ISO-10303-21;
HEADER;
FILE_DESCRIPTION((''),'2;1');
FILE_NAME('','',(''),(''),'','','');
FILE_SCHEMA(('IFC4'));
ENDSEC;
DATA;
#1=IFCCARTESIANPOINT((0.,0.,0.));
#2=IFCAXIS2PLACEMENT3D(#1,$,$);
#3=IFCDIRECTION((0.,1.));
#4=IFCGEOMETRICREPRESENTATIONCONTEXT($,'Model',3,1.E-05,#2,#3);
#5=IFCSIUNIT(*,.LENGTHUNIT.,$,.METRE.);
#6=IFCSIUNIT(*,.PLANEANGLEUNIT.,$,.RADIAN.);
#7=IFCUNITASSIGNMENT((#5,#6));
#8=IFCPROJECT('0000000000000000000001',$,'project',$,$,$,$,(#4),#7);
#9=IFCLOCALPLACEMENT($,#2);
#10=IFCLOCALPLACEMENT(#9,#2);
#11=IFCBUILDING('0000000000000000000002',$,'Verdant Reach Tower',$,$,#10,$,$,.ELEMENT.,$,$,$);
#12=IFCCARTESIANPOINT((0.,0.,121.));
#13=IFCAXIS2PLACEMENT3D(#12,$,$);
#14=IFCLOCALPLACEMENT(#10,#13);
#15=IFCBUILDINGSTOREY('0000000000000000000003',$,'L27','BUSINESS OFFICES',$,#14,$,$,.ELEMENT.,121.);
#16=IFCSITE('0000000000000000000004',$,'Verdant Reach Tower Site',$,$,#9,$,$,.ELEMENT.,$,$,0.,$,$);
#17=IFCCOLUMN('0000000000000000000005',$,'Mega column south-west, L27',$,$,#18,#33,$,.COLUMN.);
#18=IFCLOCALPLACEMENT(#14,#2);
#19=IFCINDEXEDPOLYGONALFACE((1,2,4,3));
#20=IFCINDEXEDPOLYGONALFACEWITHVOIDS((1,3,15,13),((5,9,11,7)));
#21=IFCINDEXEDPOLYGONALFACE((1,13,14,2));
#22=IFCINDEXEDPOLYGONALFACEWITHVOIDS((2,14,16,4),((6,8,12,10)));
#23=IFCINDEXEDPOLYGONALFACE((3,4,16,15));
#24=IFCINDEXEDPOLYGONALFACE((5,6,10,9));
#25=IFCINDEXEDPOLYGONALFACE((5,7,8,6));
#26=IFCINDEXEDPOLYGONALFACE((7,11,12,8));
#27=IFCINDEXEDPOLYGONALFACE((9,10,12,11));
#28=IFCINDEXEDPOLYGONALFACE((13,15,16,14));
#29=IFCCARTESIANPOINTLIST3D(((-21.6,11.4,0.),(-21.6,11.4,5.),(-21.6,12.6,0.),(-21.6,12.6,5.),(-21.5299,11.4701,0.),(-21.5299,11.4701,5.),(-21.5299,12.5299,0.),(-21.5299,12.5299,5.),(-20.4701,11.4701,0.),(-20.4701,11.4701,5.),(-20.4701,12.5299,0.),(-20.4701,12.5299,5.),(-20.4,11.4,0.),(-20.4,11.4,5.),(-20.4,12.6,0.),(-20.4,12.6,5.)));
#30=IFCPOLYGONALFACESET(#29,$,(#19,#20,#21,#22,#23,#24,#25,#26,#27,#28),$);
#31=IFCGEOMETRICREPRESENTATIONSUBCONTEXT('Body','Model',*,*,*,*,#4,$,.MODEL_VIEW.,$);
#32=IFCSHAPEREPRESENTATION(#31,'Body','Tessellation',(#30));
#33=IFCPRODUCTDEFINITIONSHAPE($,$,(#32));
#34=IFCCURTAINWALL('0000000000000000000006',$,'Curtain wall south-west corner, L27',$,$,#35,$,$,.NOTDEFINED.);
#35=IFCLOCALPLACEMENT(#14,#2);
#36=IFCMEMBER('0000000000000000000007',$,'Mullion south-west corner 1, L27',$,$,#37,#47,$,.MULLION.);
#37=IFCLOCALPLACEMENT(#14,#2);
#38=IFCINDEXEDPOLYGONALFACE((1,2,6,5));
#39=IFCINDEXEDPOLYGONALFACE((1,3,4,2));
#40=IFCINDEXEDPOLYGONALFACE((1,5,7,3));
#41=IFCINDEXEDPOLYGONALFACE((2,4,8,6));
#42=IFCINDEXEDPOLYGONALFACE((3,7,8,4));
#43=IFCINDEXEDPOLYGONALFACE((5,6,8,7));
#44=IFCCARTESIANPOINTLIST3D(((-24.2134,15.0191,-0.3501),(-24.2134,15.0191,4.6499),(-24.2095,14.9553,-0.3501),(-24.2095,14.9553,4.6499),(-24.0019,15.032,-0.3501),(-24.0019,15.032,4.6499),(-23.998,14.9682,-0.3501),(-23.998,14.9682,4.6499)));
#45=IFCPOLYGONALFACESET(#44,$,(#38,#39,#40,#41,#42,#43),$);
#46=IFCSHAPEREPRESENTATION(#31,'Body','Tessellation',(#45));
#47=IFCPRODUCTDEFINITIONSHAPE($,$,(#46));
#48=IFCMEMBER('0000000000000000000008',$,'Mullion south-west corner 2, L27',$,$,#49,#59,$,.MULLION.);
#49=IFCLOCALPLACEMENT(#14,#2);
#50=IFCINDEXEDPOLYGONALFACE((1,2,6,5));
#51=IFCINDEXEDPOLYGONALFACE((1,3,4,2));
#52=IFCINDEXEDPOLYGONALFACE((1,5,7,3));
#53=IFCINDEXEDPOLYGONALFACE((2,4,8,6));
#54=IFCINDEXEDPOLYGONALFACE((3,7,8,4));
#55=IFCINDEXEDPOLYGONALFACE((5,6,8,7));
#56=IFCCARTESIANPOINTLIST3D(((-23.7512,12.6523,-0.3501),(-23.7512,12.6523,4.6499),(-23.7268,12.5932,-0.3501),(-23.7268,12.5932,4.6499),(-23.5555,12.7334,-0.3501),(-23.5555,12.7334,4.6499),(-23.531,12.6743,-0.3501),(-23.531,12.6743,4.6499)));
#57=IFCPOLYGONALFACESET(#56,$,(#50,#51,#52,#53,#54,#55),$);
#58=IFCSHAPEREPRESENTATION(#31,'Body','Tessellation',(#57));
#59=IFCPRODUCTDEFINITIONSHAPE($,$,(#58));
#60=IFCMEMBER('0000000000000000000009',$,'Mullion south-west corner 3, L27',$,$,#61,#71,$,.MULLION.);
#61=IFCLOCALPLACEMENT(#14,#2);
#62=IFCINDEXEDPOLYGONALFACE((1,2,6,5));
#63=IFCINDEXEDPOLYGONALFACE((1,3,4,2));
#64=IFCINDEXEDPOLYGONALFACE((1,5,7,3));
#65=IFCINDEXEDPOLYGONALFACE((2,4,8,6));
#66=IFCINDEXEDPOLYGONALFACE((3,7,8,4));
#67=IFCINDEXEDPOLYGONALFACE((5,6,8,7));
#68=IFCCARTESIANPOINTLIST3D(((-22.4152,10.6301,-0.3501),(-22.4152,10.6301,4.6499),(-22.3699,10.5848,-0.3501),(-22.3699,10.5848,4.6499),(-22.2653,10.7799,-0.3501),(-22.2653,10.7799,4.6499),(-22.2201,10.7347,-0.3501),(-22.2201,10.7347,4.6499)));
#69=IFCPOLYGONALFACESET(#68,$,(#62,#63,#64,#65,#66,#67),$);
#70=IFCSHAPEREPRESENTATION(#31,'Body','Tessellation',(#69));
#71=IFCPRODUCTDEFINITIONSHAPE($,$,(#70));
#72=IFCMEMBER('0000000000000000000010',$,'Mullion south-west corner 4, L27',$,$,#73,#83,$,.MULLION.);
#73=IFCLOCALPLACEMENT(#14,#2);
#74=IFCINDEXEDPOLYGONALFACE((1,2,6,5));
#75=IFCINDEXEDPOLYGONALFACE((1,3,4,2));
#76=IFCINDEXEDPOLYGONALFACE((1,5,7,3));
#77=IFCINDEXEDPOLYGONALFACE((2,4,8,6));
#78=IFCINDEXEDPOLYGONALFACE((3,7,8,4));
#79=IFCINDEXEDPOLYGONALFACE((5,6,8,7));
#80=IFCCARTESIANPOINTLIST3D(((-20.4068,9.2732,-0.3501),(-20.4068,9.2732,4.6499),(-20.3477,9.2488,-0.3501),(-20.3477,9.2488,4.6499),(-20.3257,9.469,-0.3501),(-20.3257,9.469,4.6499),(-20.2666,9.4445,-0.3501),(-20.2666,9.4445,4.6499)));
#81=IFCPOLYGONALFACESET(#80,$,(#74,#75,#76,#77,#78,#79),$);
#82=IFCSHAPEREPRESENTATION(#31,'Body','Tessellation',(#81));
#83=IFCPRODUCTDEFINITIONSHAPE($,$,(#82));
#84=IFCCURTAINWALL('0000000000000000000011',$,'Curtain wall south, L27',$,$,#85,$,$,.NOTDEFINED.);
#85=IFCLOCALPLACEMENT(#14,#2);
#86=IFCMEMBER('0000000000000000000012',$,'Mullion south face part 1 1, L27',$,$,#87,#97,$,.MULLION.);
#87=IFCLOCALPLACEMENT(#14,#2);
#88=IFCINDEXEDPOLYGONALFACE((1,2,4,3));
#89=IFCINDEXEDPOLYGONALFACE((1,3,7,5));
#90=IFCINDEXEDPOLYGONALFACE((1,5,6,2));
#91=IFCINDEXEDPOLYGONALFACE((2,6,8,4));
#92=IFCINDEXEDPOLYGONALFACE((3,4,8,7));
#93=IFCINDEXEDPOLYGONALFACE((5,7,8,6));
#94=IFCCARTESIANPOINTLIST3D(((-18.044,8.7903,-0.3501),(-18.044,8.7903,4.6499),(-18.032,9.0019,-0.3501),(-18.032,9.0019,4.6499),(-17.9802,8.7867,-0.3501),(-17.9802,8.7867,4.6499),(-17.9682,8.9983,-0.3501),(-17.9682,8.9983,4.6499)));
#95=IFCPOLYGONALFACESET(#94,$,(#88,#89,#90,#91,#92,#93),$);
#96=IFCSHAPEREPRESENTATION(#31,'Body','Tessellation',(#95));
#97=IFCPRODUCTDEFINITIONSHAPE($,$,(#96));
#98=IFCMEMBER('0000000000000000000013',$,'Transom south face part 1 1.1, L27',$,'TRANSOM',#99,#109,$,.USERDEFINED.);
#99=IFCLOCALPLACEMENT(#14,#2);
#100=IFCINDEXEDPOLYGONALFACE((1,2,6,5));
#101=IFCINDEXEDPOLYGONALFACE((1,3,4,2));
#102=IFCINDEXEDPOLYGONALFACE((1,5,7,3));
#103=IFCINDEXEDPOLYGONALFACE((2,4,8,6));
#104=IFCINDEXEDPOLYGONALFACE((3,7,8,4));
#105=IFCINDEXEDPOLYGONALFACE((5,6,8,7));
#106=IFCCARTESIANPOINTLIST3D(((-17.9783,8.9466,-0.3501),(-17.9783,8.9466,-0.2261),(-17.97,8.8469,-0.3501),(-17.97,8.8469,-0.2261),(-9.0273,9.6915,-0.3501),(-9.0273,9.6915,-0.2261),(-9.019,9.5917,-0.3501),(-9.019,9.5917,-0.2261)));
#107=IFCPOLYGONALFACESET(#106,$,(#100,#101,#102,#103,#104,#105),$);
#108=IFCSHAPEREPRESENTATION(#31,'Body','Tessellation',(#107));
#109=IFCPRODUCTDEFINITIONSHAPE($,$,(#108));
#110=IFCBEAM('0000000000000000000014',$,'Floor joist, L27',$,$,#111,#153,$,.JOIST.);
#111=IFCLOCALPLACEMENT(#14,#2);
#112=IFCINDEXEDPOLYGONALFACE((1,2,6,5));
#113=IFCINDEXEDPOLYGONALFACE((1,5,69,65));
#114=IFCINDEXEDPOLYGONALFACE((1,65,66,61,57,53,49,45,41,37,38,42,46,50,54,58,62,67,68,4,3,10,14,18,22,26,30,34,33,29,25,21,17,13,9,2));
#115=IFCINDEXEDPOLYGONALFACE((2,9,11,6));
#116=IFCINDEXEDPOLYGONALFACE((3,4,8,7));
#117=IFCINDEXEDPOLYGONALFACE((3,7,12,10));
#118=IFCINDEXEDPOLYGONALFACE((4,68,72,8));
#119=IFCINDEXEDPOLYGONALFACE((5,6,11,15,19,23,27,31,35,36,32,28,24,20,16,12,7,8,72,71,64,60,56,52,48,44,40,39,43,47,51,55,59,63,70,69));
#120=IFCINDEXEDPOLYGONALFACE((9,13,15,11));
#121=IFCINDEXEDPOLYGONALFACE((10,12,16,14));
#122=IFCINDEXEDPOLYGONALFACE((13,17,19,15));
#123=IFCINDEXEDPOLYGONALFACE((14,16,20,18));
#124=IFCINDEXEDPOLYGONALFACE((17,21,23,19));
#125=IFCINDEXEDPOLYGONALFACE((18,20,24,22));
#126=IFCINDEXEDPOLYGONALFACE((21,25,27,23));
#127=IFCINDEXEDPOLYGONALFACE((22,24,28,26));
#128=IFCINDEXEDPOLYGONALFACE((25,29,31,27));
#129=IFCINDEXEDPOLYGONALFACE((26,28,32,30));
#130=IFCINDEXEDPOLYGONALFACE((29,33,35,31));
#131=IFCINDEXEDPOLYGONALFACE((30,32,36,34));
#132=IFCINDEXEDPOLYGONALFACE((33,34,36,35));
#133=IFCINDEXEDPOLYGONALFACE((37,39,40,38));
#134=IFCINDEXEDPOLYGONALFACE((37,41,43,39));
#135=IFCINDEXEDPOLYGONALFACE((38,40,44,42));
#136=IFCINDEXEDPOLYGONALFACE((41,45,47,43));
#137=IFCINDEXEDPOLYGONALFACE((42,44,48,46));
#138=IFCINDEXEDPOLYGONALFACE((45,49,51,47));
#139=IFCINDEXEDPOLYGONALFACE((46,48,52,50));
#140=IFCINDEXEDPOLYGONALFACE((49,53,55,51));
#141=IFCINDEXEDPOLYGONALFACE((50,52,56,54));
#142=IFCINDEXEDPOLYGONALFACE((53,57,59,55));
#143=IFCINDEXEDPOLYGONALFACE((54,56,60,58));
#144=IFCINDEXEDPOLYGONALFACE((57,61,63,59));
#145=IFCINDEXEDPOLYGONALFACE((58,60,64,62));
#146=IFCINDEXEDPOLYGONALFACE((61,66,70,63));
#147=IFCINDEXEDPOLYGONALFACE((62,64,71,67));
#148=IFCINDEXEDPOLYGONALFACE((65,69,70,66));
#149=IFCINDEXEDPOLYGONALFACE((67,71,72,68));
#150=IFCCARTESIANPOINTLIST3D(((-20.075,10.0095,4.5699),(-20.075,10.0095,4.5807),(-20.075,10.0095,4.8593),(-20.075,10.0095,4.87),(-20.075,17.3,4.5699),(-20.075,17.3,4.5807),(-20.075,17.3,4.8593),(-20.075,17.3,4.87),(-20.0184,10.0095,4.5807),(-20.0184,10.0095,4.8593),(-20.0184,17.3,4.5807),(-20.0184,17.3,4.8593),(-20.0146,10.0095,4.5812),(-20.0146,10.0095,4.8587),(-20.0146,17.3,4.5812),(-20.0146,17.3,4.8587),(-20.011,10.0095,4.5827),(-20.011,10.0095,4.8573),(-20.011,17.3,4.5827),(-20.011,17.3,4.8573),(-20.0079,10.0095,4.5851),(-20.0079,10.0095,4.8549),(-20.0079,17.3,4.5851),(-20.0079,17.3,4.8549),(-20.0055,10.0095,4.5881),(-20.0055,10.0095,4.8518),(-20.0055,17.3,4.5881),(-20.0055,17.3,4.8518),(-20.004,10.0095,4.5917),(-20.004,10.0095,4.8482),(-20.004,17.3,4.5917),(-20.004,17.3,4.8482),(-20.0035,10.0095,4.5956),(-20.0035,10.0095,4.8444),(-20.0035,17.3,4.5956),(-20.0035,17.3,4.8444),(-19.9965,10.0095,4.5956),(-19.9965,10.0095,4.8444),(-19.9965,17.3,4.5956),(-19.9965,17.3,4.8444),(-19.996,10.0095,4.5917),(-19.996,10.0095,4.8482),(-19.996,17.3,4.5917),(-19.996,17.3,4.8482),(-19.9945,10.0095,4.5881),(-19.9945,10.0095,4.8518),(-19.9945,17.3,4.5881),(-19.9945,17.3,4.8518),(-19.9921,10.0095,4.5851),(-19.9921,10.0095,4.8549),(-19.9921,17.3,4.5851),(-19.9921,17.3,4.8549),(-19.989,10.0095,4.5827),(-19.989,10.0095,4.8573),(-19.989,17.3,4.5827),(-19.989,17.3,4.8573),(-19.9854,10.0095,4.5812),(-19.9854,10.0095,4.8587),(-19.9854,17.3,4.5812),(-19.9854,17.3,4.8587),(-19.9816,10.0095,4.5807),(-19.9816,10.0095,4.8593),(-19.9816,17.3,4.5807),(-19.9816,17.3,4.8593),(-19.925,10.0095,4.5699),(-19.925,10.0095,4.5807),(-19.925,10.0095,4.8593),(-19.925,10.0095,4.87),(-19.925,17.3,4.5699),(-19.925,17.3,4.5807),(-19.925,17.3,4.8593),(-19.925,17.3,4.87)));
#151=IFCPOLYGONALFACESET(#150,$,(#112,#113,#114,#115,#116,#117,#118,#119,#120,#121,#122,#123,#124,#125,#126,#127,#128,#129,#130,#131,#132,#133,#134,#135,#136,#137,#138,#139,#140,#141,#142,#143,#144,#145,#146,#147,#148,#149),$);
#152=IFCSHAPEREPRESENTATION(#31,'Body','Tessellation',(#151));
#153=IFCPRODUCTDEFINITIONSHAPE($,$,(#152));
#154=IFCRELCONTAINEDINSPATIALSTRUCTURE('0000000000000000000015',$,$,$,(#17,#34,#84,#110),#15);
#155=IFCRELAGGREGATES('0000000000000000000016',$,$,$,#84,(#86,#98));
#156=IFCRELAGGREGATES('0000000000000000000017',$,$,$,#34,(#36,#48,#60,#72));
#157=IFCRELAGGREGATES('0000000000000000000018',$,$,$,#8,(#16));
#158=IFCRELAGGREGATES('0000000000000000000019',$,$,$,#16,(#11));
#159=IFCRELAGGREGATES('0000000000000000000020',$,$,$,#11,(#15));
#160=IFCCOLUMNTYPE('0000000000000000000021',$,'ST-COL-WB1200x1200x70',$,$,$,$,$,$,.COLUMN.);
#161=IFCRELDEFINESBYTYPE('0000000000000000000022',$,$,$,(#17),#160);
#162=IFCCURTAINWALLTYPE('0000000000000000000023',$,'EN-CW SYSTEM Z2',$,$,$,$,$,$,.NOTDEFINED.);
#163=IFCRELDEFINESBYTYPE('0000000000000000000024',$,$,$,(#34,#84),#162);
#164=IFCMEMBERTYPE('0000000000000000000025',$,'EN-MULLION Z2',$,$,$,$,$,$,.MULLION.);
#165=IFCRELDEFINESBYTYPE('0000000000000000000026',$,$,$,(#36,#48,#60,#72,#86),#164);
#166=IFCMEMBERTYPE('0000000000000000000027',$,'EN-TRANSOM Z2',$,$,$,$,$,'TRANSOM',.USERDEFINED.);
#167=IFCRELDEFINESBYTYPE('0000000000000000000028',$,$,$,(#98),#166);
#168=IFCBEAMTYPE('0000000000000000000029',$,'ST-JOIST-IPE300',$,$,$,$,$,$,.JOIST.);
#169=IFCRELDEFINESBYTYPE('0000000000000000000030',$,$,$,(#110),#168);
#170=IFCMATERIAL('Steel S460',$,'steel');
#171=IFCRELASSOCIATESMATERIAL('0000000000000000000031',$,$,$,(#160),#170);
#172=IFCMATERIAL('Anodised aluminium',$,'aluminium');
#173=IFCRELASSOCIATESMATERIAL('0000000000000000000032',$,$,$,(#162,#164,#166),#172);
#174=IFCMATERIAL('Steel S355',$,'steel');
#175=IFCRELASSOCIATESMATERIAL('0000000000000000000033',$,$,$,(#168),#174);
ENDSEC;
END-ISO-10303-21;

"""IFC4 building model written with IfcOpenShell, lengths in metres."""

from ifc_helpers import new_model, si_unit, direction, frame, origin, origin_2d, place, context, subcontext, project, spatial, rectangle, hollow_rectangle, i_section, extrude, material, material_profile, profile_set, type_object, element, aggregate, save


model = new_model("IFC4")

# Units and contexts
model_context = context("Model", 3, precision=1e-05, world=origin(), true_north=direction((0.0, 1.0)))
body_context = subcontext(model_context, "Body", "Model", "MODEL_VIEW")
ifc_project = project(units=[si_unit("LENGTHUNIT", "METRE"), si_unit("PLANEANGLEUNIT", "RADIAN")], contexts=[model_context])

# Site, building, storey
site_placement = place(None, origin())
site = spatial("IfcSite", under=ifc_project, at=site_placement, Name="Verdant Reach Tower Site", CompositionType="ELEMENT", RefElevation=0.0)
building_placement = place(site_placement, origin())
building = spatial("IfcBuilding", under=site, at=building_placement, Name="Verdant Reach Tower", CompositionType="ELEMENT")
storey_placement = place(building_placement, frame((0.0, 0.0, 121.0)))
storey = spatial("IfcBuildingStorey", under=building, at=storey_placement, Name="L27", Description="BUSINESS OFFICES", CompositionType="ELEMENT", Elevation=121.0)

# Column
ifc_material_1 = material(Name="Steel S460", Category="steel")
ifc_material_profile_1 = material_profile(ifc_material_1, hollow_rectangle(XDim=1.2, YDim=1.2, WallThickness=0.0701, at=origin_2d()), Name="WB 1200x1200x70")
ifc_profile_set_1 = profile_set([ifc_material_profile_1], Name="Steel S460")
column_type = type_object("IfcColumnType", Name="ST-COL-WB1200x1200x70", PredefinedType="COLUMN", material=ifc_profile_set_1)
column_placement = place(storey_placement, frame((-21.0, 12.0, 0.0), z_axis=(0.0, 0.0, 1.0), x_axis=(1.0, 0.0, 0.0)))
element("IfcColumn", 1, at=column_placement, inside=storey, type_object=column_type, Name="Mega column south-west, L27", PredefinedType="COLUMN", context=body_context, shape_type="SweptSolid", body=[
    extrude(hollow_rectangle(XDim=1.2, YDim=1.2, WallThickness=0.0701, at=origin_2d()), origin(), (0.0, 0.0, 1.0), 5.0),
])

# Curtain walls, members
ifc_material_2 = material(Name="Anodised aluminium", Category="aluminium")
curtain_wall_type = type_object("IfcCurtainWallType", Name="EN-CW SYSTEM Z2", PredefinedType="NOTDEFINED", material=ifc_material_2)
curtain_wall_1_placement = place(storey_placement, origin())
curtain_wall_1 = element("IfcCurtainWall", 2, at=curtain_wall_1_placement, inside=storey, type_object=curtain_wall_type, Name="Curtain wall south-west corner, L27", PredefinedType="NOTDEFINED")
ifc_material_profile_2 = material_profile(ifc_material_2, rectangle(XDim=0.2119, YDim=0.064, at=origin_2d()), Name="Mullion 64x212")
ifc_profile_set_2 = profile_set([ifc_material_profile_2], Name="Anodised aluminium")
member_type_1 = type_object("IfcMemberType", Name="EN-MULLION Z2", PredefinedType="MULLION", material=ifc_profile_set_2)
member_1_placement = place(storey_placement, frame((-24.1057, 14.9937, -0.3501), z_axis=(0.0, 0.0, 1.0), x_axis=(-0.998156, -0.060703, 0.0)))
member_1 = element("IfcMember", 3, at=member_1_placement, type_object=member_type_1, Name="Mullion south-west corner 1, L27", PredefinedType="MULLION", context=body_context, shape_type="SweptSolid", body=[
    extrude(rectangle(XDim=0.2119, YDim=0.064, at=origin_2d()), origin(), (0.0, 0.0, 1.0), 5.0),
])
member_2_placement = place(storey_placement, frame((-23.6411, 12.6633, -0.3501), z_axis=(0.0, 0.0, 1.0), x_axis=(-0.923875, -0.382694, 0.0)))
member_2 = element("IfcMember", 4, at=member_2_placement, type_object=member_type_1, Name="Mullion south-west corner 2, L27", PredefinedType="MULLION", context=body_context, shape_type="SweptSolid", body=[
    extrude(rectangle(XDim=0.2119, YDim=0.064, at=origin_2d()), origin(), (0.0, 0.0, 1.0), 5.0),
])
member_3_placement = place(storey_placement, frame((-22.3176, 10.6824, -0.3501), z_axis=(0.0, 0.0, 1.0), x_axis=(-0.707107, -0.707107, 0.0)))
member_3 = element("IfcMember", 5, at=member_3_placement, type_object=member_type_1, Name="Mullion south-west corner 3, L27", PredefinedType="MULLION", context=body_context, shape_type="SweptSolid", body=[
    extrude(rectangle(XDim=0.2119, YDim=0.064, at=origin_2d()), origin(), (0.0, 0.0, 1.0), 5.0),
])
member_4_placement = place(storey_placement, frame((-20.3367, 9.3589, -0.3501), z_axis=(0.0, 0.0, 1.0), x_axis=(-0.382694, -0.923875, 0.0)))
member_4 = element("IfcMember", 6, at=member_4_placement, type_object=member_type_1, Name="Mullion south-west corner 4, L27", PredefinedType="MULLION", context=body_context, shape_type="SweptSolid", body=[
    extrude(rectangle(XDim=0.2119, YDim=0.064, at=origin_2d()), origin(), (0.0, 0.0, 1.0), 5.0),
])
curtain_wall_2_placement = place(storey_placement, origin())
curtain_wall_2 = element("IfcCurtainWall", 7, at=curtain_wall_2_placement, inside=storey, type_object=curtain_wall_type, Name="Curtain wall south, L27", PredefinedType="NOTDEFINED")
member_5_placement = place(storey_placement, frame((-18.0061, 8.8943, -0.3501), z_axis=(0.0, 0.0, 1.0), x_axis=(-0.056569, -0.998399, 0.0)))
member_5 = element("IfcMember", 8, at=member_5_placement, type_object=member_type_1, Name="Mullion south face part 1 1, L27", PredefinedType="MULLION", context=body_context, shape_type="SweptSolid", body=[
    extrude(rectangle(XDim=0.2119, YDim=0.064, at=origin_2d()), origin(), (0.0, 0.0, 1.0), 5.0),
])
ifc_material_profile_3 = material_profile(ifc_material_2, rectangle(XDim=0.1001, YDim=0.124, at=origin_2d()), Name="Transom 124x100")
ifc_profile_set_3 = profile_set([ifc_material_profile_3], Name="Anodised aluminium")
member_type_2 = type_object("IfcMemberType", Name="EN-TRANSOM Z2", ElementType="TRANSOM", PredefinedType="USERDEFINED", material=ifc_profile_set_3)
member_6_placement = place(storey_placement, frame((-17.9741, 8.8967, -0.2881), z_axis=(0.996555, 0.082931, 0.0), x_axis=(-0.082931, 0.996555, 0.0)))
member_6 = element("IfcMember", 9, at=member_6_placement, type_object=member_type_2, Name="Transom south face part 1 1.1, L27", ObjectType="TRANSOM", PredefinedType="USERDEFINED", context=body_context, shape_type="SweptSolid", body=[
    extrude(rectangle(XDim=0.1001, YDim=0.124, at=origin_2d()), origin(), (0.0, 0.0, 1.0), 8.9819),
])

# Beam
ifc_material_3 = material(Name="Steel S355", Category="steel")
ifc_material_profile_4 = material_profile(ifc_material_3, i_section(OverallWidth=0.1499, OverallDepth=0.3, WebThickness=0.0071, FlangeThickness=0.0107, FilletRadius=0.0149, at=origin_2d()), Name="IPE 300")
ifc_profile_set_4 = profile_set([ifc_material_profile_4], Name="Steel S355")
beam_type_1 = type_object("IfcBeamType", Name="ST-JOIST-IPE300", PredefinedType="JOIST", material=ifc_profile_set_4)
beam_1_placement = place(storey_placement, frame((-20.0, 17.3, 4.72), z_axis=(0.0, -1.0, 0.0), x_axis=(1.0, 0.0, 0.0)))
element("IfcBeam", 10, at=beam_1_placement, inside=storey, type_object=beam_type_1, Name="Floor joist, L27", PredefinedType="JOIST", context=body_context, shape_type="SweptSolid", body=[
    extrude(i_section(OverallWidth=0.1499, OverallDepth=0.3, WebThickness=0.0071, FlangeThickness=0.0107, FilletRadius=0.0149, at=origin_2d()), origin(), (0.0, 0.0, 1.0), 7.2905),
])

aggregate(curtain_wall_2, [member_5, member_6])

aggregate(curtain_wall_1, [member_1, member_2, member_3, member_4])

save(model, "model.ifc")
